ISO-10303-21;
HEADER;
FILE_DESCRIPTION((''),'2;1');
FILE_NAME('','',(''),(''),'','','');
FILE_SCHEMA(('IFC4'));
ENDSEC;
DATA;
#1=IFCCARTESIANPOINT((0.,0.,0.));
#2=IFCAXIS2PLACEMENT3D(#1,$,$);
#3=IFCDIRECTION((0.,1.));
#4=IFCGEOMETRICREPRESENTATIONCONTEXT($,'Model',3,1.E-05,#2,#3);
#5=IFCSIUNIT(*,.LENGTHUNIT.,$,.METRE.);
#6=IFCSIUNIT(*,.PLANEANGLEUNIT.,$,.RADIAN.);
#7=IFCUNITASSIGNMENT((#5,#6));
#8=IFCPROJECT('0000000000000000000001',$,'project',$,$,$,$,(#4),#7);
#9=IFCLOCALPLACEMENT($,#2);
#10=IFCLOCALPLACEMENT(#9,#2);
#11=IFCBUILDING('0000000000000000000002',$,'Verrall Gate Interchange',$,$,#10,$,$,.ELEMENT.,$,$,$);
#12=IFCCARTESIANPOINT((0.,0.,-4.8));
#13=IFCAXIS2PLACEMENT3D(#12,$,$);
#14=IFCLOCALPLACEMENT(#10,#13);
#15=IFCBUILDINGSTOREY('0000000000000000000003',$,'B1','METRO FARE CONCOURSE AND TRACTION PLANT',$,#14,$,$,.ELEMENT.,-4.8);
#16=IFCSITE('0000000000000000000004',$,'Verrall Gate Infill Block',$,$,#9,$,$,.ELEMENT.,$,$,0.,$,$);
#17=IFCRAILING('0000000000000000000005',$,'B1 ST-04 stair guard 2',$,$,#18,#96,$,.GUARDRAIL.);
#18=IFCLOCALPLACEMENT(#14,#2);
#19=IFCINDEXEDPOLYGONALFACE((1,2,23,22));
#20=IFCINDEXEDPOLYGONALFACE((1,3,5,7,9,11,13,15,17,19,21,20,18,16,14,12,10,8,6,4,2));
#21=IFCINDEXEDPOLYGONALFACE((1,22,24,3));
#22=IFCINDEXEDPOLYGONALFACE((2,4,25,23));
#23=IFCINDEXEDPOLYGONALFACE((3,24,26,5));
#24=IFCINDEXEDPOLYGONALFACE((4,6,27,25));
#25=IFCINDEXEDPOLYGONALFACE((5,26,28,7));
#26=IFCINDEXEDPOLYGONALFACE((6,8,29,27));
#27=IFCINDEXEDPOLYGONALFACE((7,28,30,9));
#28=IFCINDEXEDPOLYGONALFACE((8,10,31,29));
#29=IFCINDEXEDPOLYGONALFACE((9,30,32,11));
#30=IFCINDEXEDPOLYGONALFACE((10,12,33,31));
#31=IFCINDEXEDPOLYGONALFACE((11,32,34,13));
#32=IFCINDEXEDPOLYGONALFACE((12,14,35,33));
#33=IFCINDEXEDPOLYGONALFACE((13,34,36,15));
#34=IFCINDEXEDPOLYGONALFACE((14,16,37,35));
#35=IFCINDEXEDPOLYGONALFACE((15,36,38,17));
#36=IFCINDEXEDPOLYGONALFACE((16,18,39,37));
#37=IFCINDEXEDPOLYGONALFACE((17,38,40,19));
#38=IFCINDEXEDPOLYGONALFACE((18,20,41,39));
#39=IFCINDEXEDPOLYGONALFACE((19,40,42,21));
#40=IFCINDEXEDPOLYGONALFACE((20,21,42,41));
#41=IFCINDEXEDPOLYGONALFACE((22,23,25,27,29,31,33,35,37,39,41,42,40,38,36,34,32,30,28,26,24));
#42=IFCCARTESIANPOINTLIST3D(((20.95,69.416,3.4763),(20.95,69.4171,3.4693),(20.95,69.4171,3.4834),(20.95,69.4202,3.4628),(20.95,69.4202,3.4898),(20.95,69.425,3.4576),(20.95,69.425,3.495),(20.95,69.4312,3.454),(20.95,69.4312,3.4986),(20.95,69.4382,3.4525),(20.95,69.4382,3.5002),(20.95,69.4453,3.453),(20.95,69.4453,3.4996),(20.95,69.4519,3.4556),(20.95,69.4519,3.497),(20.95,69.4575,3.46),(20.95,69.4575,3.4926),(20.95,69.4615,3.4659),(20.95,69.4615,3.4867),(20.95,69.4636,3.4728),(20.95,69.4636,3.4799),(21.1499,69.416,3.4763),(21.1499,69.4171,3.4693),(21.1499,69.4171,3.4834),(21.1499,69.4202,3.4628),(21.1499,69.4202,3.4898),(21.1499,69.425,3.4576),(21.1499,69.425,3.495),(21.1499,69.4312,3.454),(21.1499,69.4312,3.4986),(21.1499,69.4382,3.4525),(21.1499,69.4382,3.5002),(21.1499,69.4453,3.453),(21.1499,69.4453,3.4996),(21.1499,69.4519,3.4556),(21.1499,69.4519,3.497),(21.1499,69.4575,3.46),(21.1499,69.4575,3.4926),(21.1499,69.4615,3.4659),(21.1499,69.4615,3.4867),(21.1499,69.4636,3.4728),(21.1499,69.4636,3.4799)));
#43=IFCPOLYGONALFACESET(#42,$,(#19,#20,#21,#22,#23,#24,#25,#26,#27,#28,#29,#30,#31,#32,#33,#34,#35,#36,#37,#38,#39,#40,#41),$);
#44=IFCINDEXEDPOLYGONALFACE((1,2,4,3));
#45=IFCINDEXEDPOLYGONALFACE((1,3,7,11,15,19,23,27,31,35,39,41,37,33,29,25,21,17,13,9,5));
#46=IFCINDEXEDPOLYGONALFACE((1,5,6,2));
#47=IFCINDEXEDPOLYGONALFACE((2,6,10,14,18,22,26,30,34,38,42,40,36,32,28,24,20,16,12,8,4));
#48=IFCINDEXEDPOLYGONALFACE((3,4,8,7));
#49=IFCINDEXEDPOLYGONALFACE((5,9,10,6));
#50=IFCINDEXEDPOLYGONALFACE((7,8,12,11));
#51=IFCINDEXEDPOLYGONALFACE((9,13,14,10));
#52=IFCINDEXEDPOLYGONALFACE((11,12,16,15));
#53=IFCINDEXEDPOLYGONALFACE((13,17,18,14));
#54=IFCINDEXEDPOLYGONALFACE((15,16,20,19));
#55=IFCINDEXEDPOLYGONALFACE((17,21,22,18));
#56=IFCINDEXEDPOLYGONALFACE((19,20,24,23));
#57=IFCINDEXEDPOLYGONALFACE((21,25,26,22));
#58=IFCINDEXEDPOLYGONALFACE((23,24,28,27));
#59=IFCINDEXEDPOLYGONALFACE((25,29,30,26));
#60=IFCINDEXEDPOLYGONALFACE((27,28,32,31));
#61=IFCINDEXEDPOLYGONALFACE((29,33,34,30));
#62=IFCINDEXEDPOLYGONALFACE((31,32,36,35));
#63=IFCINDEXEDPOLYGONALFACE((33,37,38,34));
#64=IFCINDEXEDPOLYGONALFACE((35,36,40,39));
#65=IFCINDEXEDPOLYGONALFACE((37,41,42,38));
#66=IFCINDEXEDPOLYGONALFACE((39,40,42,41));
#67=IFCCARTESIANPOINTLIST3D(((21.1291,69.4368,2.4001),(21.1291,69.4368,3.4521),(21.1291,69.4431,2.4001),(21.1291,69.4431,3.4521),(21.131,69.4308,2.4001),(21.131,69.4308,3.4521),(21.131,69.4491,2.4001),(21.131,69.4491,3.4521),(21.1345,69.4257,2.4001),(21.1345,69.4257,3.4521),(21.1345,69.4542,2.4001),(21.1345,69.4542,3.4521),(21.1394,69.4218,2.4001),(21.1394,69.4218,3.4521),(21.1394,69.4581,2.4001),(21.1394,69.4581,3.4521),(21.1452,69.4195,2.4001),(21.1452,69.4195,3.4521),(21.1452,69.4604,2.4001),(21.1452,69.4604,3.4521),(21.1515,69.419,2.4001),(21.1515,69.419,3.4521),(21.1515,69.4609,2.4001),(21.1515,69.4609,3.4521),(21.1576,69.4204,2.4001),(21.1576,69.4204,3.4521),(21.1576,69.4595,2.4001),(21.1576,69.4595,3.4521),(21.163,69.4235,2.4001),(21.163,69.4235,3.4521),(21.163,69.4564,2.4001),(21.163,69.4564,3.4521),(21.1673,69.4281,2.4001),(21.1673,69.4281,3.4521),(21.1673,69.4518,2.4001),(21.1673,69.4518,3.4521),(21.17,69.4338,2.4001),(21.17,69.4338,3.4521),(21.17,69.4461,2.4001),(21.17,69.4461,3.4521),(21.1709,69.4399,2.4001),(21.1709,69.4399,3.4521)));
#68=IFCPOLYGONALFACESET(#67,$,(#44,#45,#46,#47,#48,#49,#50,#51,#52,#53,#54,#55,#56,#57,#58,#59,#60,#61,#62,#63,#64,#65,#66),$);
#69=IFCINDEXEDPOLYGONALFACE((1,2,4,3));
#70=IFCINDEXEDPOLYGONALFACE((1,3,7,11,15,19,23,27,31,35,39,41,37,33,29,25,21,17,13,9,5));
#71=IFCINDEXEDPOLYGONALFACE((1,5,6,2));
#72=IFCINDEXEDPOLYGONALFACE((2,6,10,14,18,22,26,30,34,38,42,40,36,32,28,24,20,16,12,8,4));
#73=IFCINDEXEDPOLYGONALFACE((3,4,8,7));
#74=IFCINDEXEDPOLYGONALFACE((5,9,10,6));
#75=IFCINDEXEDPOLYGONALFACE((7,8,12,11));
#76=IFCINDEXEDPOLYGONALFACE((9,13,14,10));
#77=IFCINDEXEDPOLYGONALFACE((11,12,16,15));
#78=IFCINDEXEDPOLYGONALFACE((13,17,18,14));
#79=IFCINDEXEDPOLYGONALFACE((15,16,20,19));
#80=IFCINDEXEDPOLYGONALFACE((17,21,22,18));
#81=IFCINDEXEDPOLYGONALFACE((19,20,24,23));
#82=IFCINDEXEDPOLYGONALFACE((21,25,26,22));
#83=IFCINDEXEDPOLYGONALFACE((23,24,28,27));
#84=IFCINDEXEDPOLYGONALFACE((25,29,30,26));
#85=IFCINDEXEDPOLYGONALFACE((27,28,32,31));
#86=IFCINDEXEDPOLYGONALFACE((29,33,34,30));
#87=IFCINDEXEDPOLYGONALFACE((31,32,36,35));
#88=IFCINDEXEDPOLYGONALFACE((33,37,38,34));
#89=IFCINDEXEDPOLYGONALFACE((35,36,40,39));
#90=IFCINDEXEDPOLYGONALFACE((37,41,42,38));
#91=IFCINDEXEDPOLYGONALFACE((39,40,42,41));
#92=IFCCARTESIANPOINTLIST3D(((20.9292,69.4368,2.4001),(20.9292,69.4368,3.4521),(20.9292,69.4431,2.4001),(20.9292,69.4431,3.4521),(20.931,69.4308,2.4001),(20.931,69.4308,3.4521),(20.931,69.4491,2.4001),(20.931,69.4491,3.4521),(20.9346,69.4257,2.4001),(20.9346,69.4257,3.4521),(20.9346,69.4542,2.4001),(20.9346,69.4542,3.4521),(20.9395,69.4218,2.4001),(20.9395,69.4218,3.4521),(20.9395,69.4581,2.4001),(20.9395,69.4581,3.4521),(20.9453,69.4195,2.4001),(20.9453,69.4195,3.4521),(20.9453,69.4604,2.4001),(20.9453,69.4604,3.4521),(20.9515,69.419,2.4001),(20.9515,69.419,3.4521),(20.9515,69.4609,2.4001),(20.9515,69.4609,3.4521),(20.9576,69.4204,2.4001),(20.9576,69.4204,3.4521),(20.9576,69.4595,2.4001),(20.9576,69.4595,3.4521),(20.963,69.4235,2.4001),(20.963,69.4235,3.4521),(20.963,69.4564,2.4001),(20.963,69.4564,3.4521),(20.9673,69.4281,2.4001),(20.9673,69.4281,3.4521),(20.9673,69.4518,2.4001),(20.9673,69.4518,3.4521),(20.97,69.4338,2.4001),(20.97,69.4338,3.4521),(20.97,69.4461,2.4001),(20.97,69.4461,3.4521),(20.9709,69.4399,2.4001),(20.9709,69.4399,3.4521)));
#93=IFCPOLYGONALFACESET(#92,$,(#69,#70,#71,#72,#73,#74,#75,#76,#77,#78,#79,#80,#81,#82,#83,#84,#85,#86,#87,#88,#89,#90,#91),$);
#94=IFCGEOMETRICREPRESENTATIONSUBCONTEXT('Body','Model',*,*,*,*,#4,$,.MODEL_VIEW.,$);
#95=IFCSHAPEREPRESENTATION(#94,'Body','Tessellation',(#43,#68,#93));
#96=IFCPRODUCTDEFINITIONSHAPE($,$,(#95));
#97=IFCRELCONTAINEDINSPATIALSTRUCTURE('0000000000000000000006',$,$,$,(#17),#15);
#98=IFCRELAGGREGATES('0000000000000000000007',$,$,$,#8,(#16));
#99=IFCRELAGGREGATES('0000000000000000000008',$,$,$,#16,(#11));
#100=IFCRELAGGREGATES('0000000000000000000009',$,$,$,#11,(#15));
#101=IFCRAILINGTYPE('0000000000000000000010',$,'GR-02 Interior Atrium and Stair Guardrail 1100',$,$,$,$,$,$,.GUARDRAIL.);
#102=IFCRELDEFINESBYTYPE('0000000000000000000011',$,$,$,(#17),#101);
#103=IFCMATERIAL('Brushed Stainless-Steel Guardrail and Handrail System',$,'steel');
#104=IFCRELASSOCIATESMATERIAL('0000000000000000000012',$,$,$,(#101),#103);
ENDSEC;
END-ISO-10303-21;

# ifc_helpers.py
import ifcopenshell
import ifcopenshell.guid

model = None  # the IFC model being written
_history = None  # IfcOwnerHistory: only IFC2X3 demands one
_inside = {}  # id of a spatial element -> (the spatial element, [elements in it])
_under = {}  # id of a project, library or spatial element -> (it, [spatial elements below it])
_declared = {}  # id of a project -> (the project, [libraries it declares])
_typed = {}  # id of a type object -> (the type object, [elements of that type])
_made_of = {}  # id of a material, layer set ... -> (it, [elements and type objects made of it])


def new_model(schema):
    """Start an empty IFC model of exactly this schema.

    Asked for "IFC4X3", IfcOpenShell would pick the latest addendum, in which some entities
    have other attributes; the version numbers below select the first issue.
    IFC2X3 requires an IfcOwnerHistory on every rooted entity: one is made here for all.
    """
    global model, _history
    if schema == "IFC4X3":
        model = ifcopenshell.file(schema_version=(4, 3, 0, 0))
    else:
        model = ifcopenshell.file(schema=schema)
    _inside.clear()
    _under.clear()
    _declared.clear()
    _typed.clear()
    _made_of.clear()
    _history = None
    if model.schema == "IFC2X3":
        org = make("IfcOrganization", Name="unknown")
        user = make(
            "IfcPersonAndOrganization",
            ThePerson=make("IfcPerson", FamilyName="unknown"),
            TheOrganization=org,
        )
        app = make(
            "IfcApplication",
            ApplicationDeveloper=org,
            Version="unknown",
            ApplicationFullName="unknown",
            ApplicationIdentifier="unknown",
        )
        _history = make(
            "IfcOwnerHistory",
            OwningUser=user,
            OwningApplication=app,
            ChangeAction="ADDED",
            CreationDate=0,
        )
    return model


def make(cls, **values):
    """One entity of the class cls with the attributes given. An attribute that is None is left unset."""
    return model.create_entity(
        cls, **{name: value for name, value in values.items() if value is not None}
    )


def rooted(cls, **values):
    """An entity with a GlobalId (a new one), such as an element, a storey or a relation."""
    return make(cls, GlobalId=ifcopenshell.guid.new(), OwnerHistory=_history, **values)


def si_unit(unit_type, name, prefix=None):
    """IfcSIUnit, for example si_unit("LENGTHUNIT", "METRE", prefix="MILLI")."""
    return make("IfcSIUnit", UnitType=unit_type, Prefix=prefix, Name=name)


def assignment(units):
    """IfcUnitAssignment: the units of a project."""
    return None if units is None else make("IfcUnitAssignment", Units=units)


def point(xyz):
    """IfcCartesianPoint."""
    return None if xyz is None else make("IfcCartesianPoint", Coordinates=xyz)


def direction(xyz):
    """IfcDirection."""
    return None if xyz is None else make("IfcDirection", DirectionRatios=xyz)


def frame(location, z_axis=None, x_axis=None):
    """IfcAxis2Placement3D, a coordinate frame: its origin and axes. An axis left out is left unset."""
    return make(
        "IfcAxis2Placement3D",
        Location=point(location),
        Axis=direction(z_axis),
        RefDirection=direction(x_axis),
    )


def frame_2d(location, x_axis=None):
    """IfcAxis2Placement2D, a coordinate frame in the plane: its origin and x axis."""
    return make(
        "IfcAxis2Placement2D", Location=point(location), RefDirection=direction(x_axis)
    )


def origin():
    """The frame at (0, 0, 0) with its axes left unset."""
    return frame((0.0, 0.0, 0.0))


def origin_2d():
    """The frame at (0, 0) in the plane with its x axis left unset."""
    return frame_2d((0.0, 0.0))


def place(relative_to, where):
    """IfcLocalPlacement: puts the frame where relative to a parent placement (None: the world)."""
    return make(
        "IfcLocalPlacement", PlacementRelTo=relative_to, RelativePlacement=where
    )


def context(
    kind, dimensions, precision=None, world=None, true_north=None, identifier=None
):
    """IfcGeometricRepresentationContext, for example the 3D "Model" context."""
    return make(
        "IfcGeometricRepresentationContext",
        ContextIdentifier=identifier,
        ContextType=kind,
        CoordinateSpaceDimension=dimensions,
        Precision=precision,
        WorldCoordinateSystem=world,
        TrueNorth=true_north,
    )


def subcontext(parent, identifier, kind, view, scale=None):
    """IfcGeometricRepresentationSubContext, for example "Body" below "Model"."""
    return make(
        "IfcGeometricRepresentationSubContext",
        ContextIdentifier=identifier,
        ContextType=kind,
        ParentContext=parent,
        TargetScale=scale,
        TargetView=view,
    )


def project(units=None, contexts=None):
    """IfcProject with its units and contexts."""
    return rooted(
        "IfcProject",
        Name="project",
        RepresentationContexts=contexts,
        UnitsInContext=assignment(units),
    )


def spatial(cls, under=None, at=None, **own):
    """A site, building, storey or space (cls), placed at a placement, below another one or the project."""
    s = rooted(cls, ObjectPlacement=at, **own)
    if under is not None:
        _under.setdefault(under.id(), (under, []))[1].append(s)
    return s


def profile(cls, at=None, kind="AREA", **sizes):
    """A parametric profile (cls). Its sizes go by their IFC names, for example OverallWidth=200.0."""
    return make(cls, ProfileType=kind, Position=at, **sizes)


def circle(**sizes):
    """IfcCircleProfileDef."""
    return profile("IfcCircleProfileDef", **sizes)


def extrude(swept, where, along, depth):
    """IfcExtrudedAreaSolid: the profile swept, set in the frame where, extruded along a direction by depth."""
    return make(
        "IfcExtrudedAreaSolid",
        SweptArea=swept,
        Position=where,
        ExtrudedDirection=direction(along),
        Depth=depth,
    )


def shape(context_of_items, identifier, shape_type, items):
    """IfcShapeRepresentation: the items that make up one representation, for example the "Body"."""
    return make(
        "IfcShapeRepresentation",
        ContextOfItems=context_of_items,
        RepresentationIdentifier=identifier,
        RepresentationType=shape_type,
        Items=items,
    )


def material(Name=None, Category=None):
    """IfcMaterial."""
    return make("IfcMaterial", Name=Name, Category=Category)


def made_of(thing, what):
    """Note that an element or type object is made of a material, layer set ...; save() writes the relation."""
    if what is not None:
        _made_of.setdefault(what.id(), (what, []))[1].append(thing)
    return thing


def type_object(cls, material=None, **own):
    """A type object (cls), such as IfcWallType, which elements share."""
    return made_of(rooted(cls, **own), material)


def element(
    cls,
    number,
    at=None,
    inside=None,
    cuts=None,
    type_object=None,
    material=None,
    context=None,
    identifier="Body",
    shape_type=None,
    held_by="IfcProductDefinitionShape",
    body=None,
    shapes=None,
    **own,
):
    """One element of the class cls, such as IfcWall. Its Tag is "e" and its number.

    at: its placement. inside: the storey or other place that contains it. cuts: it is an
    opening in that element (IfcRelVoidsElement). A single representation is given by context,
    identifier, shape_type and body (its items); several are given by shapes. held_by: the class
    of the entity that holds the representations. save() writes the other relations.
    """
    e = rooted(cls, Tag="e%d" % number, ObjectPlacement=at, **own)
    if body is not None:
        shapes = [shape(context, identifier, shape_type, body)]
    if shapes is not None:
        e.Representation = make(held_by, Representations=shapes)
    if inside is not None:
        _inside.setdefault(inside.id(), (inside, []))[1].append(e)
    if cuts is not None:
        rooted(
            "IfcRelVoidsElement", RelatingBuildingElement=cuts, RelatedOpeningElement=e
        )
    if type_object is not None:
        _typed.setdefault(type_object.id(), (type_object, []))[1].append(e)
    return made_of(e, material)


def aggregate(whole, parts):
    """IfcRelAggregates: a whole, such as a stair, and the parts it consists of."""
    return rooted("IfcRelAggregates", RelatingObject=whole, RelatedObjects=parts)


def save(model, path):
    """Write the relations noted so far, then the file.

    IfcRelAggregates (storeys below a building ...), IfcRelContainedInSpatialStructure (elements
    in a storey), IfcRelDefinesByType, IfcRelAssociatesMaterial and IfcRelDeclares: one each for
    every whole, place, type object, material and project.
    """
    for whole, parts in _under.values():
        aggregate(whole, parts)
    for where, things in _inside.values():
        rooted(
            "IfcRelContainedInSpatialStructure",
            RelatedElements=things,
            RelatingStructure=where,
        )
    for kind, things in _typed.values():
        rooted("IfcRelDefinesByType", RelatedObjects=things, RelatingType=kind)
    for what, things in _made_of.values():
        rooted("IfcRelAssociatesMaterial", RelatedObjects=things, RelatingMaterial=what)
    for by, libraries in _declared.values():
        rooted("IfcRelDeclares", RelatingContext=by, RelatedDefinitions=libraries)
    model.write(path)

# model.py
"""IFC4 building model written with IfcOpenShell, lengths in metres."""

from ifc_helpers import new_model, si_unit, direction, frame, origin, origin_2d, place, context, subcontext, project, spatial, circle, extrude, material, type_object, element, save


model = new_model("IFC4")

# Units and contexts
model_context = context("Model", 3, precision=1e-05, world=origin(), true_north=direction((0.0, 1.0)))
body_context = subcontext(model_context, "Body", "Model", "MODEL_VIEW")
ifc_project = project(units=[si_unit("LENGTHUNIT", "METRE"), si_unit("PLANEANGLEUNIT", "RADIAN")], contexts=[model_context])

# Site, building, storey
site_placement = place(None, origin())
site = spatial("IfcSite", under=ifc_project, at=site_placement, Name="Verrall Gate Infill Block", CompositionType="ELEMENT", RefElevation=0.0)
building_placement = place(site_placement, origin())
building = spatial("IfcBuilding", under=site, at=building_placement, Name="Verrall Gate Interchange", CompositionType="ELEMENT")
storey_placement = place(building_placement, frame((0.0, 0.0, -4.8)))
storey = spatial("IfcBuildingStorey", under=building, at=storey_placement, Name="B1", Description="METRO FARE CONCOURSE AND TRACTION PLANT", CompositionType="ELEMENT", Elevation=-4.8)

# Railing
ifc_material_1 = material(Name="Brushed Stainless-Steel Guardrail and Handrail System", Category="steel")
railing_type_1 = type_object("IfcRailingType", Name="GR-02 Interior Atrium and Stair Guardrail 1100", PredefinedType="GUARDRAIL", material=ifc_material_1)
railing_1_placement = place(storey_placement, frame((21.1499, 69.4399, 2.4001)))
element("IfcRailing", 1, at=railing_1_placement, inside=storey, type_object=railing_type_1, Name="B1 ST-04 stair guard 2", PredefinedType="GUARDRAIL", context=body_context, shape_type="SweptSolid", body=[
    extrude(circle(Radius=0.0239, at=origin_2d()), frame((0.0, 0.0, 1.0762), z_axis=(-1.0, 0.0, 0.0), x_axis=(0.0, -1.0, 0.0)), (0.0, 0.0, 1.0), 0.2),
    extrude(circle(Radius=0.021, at=origin_2d()), origin(), (0.0, 0.0, 1.0), 1.052),
    extrude(circle(Radius=0.021, at=origin_2d()), frame((-0.2, 0.0, 0.0)), (0.0, 0.0, 1.0), 1.052),
])

save(model, "model.ifc")
